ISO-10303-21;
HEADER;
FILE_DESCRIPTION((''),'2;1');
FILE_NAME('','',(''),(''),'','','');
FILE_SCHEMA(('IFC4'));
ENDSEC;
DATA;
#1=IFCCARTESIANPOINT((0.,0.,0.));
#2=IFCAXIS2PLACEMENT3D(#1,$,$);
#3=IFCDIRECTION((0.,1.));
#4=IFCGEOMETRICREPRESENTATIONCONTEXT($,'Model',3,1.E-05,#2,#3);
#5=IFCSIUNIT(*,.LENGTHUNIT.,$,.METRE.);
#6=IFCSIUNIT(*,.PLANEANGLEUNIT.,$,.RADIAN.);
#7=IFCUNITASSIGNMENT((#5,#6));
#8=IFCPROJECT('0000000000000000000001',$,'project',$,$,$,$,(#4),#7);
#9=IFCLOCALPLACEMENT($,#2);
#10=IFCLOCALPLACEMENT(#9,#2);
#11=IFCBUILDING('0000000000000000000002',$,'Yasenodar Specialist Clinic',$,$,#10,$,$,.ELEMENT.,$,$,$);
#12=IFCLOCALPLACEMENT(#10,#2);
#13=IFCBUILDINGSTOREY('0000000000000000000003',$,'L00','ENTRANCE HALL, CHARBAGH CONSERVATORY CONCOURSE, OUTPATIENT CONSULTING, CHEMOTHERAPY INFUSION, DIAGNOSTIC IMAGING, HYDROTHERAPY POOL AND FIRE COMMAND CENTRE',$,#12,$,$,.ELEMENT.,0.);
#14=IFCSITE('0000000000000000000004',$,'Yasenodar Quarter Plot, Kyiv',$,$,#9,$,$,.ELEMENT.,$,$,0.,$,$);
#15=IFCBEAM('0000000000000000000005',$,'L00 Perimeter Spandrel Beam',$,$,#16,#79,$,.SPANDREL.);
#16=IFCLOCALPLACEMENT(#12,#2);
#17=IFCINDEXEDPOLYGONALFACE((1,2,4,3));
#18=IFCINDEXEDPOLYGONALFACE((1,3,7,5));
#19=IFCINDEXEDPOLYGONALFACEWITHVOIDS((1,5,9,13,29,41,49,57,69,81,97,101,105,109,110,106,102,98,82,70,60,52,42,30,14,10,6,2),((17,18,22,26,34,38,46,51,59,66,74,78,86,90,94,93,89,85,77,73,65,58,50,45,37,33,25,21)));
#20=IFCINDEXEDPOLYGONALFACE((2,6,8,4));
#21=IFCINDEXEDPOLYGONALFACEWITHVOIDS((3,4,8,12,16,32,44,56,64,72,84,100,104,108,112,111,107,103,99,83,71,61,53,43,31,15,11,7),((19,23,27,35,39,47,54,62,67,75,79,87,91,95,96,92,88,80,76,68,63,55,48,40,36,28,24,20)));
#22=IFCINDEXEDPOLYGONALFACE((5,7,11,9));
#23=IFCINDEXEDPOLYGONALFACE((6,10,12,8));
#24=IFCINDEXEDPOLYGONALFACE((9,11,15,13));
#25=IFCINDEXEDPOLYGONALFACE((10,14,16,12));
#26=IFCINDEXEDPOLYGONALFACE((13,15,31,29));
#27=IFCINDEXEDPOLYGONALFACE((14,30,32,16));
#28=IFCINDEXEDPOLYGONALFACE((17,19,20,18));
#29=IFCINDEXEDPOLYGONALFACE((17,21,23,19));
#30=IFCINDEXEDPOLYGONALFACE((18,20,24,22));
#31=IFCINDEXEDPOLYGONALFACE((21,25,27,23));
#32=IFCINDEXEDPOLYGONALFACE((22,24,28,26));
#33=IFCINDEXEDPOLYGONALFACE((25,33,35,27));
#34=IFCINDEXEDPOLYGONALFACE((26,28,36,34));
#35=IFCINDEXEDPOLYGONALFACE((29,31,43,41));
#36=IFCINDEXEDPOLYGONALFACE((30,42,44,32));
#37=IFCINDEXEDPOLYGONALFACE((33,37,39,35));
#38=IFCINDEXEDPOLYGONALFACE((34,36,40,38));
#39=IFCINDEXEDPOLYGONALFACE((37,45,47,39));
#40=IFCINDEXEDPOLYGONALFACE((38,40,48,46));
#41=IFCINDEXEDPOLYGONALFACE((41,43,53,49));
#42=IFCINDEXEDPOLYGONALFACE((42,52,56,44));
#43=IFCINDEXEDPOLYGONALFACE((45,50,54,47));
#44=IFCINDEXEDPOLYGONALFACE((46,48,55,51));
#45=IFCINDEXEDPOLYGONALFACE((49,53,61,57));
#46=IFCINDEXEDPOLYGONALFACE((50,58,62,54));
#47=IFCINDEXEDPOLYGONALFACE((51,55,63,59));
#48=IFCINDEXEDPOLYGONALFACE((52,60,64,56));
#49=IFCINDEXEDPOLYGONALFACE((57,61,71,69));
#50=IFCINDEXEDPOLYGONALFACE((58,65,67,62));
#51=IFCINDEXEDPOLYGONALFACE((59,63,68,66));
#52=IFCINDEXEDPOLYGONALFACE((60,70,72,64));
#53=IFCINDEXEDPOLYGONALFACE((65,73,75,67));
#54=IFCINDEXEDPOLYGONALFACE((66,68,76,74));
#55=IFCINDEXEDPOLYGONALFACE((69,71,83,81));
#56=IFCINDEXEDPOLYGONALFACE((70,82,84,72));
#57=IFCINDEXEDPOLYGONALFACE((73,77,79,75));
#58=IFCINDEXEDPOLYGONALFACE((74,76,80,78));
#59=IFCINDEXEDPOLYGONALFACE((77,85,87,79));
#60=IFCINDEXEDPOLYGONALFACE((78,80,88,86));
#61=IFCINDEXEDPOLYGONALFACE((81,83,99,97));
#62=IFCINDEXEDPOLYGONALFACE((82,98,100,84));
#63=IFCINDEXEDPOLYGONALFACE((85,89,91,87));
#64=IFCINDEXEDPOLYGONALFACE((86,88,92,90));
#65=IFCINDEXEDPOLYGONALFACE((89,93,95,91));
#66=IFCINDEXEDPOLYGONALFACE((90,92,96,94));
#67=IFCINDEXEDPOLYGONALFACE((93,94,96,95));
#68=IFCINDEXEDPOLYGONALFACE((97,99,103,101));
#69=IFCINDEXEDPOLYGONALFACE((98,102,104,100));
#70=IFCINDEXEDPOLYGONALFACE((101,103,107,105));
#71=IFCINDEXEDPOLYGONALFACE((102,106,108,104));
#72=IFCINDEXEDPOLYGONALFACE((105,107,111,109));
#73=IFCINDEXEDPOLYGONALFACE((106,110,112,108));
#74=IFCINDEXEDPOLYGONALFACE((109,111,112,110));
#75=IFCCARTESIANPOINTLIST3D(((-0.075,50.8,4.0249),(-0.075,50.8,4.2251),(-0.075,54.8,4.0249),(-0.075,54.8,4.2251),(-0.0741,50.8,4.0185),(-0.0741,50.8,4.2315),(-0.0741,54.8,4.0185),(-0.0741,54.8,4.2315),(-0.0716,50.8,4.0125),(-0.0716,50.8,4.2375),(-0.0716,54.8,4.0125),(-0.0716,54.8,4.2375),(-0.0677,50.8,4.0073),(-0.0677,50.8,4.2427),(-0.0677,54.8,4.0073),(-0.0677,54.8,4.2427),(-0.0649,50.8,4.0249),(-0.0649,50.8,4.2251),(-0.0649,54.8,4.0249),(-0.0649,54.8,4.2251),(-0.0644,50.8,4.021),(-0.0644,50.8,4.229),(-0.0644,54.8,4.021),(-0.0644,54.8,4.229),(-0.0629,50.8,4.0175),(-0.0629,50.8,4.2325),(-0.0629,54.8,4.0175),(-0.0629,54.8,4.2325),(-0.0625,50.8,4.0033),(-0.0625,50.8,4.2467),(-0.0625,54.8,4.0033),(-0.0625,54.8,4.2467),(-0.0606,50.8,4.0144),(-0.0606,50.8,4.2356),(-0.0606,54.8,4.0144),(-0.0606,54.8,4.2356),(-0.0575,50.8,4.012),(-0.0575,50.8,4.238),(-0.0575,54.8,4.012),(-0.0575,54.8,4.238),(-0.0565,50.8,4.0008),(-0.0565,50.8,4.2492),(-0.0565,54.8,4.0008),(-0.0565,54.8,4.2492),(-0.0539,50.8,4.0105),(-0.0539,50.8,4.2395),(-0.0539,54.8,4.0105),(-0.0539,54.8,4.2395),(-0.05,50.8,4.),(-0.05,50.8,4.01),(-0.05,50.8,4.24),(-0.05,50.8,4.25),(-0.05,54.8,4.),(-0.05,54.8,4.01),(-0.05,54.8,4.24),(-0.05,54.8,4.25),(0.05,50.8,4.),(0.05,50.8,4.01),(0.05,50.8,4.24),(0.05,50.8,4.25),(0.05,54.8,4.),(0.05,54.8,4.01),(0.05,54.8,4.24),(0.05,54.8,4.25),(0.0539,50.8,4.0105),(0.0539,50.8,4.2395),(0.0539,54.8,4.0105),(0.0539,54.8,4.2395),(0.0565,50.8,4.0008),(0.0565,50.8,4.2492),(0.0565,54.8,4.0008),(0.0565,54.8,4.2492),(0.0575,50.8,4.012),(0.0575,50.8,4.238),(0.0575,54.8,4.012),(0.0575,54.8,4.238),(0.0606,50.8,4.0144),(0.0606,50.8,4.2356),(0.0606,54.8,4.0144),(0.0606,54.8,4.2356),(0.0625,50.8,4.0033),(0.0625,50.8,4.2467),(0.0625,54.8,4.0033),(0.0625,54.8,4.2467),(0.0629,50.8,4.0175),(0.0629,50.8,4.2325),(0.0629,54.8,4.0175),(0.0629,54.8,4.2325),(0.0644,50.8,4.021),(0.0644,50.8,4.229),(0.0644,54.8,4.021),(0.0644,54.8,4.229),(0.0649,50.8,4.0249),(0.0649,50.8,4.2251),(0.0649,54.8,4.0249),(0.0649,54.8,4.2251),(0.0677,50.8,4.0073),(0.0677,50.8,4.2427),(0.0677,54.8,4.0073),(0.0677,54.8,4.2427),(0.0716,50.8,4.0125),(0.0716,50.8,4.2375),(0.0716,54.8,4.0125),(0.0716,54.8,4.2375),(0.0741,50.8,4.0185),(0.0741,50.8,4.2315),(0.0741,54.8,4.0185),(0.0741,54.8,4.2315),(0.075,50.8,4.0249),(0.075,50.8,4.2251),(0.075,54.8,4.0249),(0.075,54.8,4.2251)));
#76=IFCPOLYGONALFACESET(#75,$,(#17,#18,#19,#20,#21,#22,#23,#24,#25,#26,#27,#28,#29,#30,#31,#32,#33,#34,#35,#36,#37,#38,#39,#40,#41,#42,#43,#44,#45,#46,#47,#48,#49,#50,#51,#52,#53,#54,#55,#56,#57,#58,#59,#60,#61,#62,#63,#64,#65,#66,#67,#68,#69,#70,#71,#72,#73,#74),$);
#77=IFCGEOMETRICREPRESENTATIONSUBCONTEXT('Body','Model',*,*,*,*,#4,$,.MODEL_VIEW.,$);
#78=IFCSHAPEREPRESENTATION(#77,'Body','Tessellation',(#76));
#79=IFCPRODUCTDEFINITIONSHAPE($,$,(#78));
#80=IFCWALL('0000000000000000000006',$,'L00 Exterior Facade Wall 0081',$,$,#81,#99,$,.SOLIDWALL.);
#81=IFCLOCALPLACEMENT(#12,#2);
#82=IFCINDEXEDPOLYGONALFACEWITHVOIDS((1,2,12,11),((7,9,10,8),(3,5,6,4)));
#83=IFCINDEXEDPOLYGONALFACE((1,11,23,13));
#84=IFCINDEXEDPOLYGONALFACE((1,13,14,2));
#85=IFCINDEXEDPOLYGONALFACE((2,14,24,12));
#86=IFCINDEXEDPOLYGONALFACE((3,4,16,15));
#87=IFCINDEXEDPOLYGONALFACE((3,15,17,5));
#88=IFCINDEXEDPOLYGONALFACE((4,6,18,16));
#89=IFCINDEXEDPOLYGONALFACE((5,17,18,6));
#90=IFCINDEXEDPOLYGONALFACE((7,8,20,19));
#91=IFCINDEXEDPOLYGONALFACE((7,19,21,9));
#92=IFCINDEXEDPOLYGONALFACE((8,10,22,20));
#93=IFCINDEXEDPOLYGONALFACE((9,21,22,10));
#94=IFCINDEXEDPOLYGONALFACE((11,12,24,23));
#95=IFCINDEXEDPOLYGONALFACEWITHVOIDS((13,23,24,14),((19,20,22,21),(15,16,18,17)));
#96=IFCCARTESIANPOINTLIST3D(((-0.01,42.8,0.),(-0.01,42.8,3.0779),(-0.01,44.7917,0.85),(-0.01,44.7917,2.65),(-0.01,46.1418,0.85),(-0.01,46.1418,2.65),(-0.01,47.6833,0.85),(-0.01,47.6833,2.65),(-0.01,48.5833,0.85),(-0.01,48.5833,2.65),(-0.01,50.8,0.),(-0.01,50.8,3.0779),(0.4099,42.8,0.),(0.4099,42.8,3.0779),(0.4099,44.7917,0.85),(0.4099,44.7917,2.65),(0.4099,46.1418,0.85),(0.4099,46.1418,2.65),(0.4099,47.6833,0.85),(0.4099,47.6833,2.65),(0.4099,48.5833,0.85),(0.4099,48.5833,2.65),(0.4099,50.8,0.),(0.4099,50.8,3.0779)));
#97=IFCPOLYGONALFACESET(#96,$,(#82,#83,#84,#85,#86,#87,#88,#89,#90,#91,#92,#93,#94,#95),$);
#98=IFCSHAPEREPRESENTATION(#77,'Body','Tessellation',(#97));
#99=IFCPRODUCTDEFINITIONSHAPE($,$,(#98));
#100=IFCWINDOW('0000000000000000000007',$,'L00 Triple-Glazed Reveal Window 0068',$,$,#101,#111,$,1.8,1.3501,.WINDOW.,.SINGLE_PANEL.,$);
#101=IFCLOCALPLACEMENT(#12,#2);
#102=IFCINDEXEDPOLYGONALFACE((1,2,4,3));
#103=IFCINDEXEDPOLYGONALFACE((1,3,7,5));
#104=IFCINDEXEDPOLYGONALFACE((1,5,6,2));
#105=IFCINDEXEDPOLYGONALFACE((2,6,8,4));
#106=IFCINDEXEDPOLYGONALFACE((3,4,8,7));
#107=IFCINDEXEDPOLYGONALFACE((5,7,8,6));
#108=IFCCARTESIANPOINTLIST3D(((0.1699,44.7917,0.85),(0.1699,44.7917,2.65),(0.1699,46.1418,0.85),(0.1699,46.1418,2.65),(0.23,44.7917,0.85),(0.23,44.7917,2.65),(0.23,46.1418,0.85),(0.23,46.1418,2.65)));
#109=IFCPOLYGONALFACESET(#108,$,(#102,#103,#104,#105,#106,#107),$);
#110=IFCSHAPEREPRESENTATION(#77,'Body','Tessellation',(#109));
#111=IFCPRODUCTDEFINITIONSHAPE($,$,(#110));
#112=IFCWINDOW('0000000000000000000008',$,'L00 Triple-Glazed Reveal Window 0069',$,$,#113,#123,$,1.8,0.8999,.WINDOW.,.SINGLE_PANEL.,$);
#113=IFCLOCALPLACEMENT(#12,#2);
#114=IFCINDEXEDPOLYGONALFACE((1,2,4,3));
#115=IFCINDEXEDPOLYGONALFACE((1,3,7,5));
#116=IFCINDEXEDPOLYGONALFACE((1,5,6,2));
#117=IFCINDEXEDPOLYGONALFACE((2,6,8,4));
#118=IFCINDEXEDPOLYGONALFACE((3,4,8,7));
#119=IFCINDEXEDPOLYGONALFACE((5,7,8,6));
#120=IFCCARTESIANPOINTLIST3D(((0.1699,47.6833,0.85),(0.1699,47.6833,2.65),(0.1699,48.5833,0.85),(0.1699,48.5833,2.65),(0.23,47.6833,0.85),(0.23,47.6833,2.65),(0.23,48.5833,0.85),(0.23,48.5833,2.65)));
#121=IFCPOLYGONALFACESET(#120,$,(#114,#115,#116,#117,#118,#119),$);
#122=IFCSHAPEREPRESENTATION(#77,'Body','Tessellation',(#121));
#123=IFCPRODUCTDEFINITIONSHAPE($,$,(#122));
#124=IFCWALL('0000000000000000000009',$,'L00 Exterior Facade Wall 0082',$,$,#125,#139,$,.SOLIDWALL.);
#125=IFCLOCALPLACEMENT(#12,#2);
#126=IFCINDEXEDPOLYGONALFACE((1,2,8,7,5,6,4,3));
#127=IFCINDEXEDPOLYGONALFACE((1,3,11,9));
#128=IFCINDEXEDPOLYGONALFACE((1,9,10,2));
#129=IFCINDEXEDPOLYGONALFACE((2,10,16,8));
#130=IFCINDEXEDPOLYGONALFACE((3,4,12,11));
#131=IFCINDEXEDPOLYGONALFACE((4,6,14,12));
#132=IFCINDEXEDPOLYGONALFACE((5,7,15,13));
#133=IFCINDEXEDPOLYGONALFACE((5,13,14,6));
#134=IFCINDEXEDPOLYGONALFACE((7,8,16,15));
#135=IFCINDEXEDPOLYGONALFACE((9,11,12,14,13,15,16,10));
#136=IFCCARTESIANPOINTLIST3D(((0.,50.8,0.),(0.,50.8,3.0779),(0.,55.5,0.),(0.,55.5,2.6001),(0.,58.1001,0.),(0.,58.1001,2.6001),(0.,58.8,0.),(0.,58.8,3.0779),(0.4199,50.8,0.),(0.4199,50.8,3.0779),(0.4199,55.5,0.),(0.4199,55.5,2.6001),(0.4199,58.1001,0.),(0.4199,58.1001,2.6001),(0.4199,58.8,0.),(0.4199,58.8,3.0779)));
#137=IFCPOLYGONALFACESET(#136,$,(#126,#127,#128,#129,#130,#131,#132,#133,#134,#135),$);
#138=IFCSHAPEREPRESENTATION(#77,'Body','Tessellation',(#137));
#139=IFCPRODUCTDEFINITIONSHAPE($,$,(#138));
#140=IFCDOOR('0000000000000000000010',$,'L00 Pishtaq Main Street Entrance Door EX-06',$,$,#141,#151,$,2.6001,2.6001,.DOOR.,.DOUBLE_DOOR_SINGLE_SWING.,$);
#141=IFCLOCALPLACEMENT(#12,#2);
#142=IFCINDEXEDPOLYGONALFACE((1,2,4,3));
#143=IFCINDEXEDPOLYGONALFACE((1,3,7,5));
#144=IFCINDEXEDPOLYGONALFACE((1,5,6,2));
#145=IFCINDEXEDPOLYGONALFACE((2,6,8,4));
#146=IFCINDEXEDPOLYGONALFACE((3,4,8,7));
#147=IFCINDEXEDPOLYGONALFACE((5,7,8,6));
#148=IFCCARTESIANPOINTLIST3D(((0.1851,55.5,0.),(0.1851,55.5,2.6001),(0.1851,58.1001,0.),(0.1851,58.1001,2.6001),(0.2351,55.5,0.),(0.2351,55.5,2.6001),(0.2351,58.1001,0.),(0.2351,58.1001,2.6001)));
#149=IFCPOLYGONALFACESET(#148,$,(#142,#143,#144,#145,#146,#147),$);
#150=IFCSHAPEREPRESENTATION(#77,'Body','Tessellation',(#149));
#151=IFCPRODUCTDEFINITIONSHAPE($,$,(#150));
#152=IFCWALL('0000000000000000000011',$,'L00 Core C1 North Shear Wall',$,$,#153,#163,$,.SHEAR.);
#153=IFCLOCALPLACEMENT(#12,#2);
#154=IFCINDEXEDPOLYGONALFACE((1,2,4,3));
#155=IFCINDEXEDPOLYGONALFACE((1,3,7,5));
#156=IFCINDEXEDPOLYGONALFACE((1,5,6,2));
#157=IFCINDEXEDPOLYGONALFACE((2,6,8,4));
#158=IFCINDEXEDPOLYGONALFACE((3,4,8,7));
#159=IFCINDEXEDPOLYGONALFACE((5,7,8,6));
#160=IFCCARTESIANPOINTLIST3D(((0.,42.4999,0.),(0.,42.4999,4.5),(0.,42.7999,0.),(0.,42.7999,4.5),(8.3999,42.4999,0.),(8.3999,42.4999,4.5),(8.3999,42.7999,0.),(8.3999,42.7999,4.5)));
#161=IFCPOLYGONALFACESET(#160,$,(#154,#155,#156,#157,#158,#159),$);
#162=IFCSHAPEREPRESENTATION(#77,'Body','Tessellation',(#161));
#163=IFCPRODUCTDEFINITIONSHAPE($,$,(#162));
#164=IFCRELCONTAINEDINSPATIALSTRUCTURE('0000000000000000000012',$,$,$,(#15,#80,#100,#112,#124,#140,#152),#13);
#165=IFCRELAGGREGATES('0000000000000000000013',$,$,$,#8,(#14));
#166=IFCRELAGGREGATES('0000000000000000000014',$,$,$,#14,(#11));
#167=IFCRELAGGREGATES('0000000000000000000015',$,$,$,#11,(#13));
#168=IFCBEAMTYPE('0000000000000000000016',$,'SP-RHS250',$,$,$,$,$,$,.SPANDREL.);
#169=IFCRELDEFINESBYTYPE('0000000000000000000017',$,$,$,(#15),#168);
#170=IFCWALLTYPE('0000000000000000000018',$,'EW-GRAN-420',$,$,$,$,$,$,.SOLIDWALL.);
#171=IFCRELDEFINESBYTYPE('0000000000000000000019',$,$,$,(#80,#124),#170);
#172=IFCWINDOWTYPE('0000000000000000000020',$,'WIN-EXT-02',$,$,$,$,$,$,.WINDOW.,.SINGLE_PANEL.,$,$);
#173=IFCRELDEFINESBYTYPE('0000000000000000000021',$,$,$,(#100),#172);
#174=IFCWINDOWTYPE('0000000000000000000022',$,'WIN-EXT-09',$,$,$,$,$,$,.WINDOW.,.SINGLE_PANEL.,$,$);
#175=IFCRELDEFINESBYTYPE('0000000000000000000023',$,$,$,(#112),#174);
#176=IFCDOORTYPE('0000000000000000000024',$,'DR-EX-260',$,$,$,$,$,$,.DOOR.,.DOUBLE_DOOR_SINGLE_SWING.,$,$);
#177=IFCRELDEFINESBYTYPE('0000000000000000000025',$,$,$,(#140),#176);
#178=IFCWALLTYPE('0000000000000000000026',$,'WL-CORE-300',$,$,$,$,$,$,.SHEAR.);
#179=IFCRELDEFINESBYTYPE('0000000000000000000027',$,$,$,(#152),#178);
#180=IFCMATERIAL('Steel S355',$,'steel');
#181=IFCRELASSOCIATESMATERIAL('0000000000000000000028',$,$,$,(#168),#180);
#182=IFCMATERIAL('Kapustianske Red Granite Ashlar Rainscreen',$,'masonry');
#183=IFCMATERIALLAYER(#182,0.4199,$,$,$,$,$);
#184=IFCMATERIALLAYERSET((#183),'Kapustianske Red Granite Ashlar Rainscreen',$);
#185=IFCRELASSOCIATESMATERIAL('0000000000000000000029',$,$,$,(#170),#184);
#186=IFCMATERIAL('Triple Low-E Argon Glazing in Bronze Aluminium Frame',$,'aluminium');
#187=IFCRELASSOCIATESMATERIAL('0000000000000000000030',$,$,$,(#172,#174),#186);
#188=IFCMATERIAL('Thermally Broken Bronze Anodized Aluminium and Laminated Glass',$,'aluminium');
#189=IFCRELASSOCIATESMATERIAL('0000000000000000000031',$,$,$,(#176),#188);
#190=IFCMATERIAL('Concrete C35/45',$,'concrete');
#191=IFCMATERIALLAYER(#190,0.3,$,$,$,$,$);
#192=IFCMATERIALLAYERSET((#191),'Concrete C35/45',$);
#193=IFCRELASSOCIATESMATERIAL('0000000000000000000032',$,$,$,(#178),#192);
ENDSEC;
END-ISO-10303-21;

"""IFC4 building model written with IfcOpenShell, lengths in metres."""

from ifc_helpers import new_model, si_unit, direction, frame, frame_2d, origin, origin_2d, place, context, subcontext, project, spatial, rectangle, hollow_rectangle, extrude, material, layer, layer_set, material_profile, profile_set, type_object, element, fill, save


model = new_model("IFC4")

# Units and contexts
model_context = context("Model", 3, precision=1e-05, world=origin(), true_north=direction((0.0, 1.0)))
body_context = subcontext(model_context, "Body", "Model", "MODEL_VIEW")
ifc_project = project(units=[si_unit("LENGTHUNIT", "METRE"), si_unit("PLANEANGLEUNIT", "RADIAN")], contexts=[model_context])

# Site, building, storey
site_placement = place(None, origin())
site = spatial("IfcSite", under=ifc_project, at=site_placement, Name="Yasenodar Quarter Plot, Kyiv", CompositionType="ELEMENT", RefElevation=0.0)
building_placement = place(site_placement, origin())
building = spatial("IfcBuilding", under=site, at=building_placement, Name="Yasenodar Specialist Clinic", CompositionType="ELEMENT")
storey_placement = place(building_placement, origin())
storey = spatial("IfcBuildingStorey", under=building, at=storey_placement, Name="L00", Description="ENTRANCE HALL, CHARBAGH CONSERVATORY CONCOURSE, OUTPATIENT CONSULTING, CHEMOTHERAPY INFUSION, DIAGNOSTIC IMAGING, HYDROTHERAPY POOL AND FIRE COMMAND CENTRE", CompositionType="ELEMENT", Elevation=0.0)

# Shared definitions
ifc_material_1 = material(Name="Steel S355", Category="steel")
ifc_material_2 = material(Name="Concrete C35/45", Category="concrete")

# Beam
ifc_material_profile_1 = material_profile(ifc_material_1, hollow_rectangle(XDim=0.1499, YDim=0.25, WallThickness=0.01, InnerFilletRadius=0.0149, OuterFilletRadius=0.0249, at=origin_2d()), Name="RHS 250x150x10")
ifc_profile_set_1 = profile_set([ifc_material_profile_1], Name="Steel S355")
beam_type_1 = type_object("IfcBeamType", Name="SP-RHS250", PredefinedType="SPANDREL", material=ifc_profile_set_1)
beam_1_placement = place(storey_placement, frame((0.0, 50.8, 4.125), z_axis=(0.0, 1.0, 0.0), x_axis=(-1.0, 0.0, 0.0)))
element("IfcBeam", 1, at=beam_1_placement, inside=storey, type_object=beam_type_1, Name="L00 Perimeter Spandrel Beam", PredefinedType="SPANDREL", context=body_context, shape_type="SweptSolid", body=[
    extrude(hollow_rectangle(XDim=0.1499, YDim=0.25, WallThickness=0.01, InnerFilletRadius=0.0149, OuterFilletRadius=0.0249, at=origin_2d()), origin(), (0.0, 0.0, 1.0), 4.0),
])

# Wall, openings, windows
ifc_material_3 = material(Name="Kapustianske Red Granite Ashlar Rainscreen", Category="masonry")
ifc_layer_1 = layer(ifc_material_3, 0.4199)
ifc_layer_set_1 = layer_set([ifc_layer_1], Name="Kapustianske Red Granite Ashlar Rainscreen")
wall_type_1 = type_object("IfcWallType", Name="EW-GRAN-420", PredefinedType="SOLIDWALL", material=ifc_layer_set_1)
wall_1_placement = place(storey_placement, frame((0.2, 42.8, 0.0), z_axis=(0.0, 0.0, 1.0), x_axis=(0.0, 1.0, 0.0)))
wall_1 = element("IfcWall", 2, at=wall_1_placement, inside=storey, type_object=wall_type_1, Name="L00 Exterior Facade Wall 0081", PredefinedType="SOLIDWALL", context=body_context, shape_type="SweptSolid", body=[
    extrude(rectangle(XDim=8.0, YDim=0.4199, at=frame_2d((4.0, 0.0))), origin(), (0.0, 0.0, 1.0), 3.0779),
])
opening_1_placement = place(wall_1_placement, frame((1.9917, 0.0, 0.8501)))
opening_1 = element("IfcOpeningElement", 3, at=opening_1_placement, cuts=wall_1, PredefinedType="OPENING", context=body_context, shape_type="SweptSolid", body=[
    extrude(rectangle(XDim=1.3501, YDim=1.8, at=frame_2d((0.675, 0.8999))), frame((0.0, 0.22, 0.0), z_axis=(0.0, -1.0, 0.0), x_axis=(1.0, 0.0, 0.0)), (0.0, 0.0, 1.0), 0.4399),
])
opening_2_placement = place(wall_1_placement, frame((4.8833, 0.0, 0.8501)))
opening_2 = element("IfcOpeningElement", 4, at=opening_2_placement, cuts=wall_1, PredefinedType="OPENING", context=body_context, shape_type="SweptSolid", body=[
    extrude(rectangle(XDim=0.8999, YDim=1.8, at=frame_2d((0.45, 0.8999))), frame((0.0, 0.22, 0.0), z_axis=(0.0, -1.0, 0.0), x_axis=(1.0, 0.0, 0.0)), (0.0, 0.0, 1.0), 0.4399),
])
ifc_material_4 = material(Name="Triple Low-E Argon Glazing in Bronze Aluminium Frame", Category="aluminium")
window_type_1 = type_object("IfcWindowType", Name="WIN-EXT-02", PartitioningType="SINGLE_PANEL", PredefinedType="WINDOW", material=ifc_material_4)
window_1_placement = place(opening_1_placement, origin())
window_1 = element("IfcWindow", 5, at=window_1_placement, inside=storey, type_object=window_type_1, Name="L00 Triple-Glazed Reveal Window 0068", OverallHeight=1.8, OverallWidth=1.3501, PartitioningType="SINGLE_PANEL", PredefinedType="WINDOW", context=body_context, shape_type="SweptSolid", body=[
    extrude(rectangle(XDim=1.3501, YDim=1.8, at=frame_2d((0.675, 0.8999))), frame((0.0, 0.03, 0.0), z_axis=(0.0, -1.0, 0.0), x_axis=(1.0, 0.0, 0.0)), (0.0, 0.0, 1.0), 0.0601),
])
fill(opening_1, window_1)
window_type_2 = type_object("IfcWindowType", Name="WIN-EXT-09", PartitioningType="SINGLE_PANEL", PredefinedType="WINDOW", material=ifc_material_4)
window_2_placement = place(opening_2_placement, origin())
window_2 = element("IfcWindow", 6, at=window_2_placement, inside=storey, type_object=window_type_2, Name="L00 Triple-Glazed Reveal Window 0069", OverallHeight=1.8, OverallWidth=0.8999, PartitioningType="SINGLE_PANEL", PredefinedType="WINDOW", context=body_context, shape_type="SweptSolid", body=[
    extrude(rectangle(XDim=0.8999, YDim=1.8, at=frame_2d((0.45, 0.8999))), frame((0.0, 0.03, 0.0), z_axis=(0.0, -1.0, 0.0), x_axis=(1.0, 0.0, 0.0)), (0.0, 0.0, 1.0), 0.0601),
])
fill(opening_2, window_2)

# Wall, opening, door
wall_2_placement = place(storey_placement, frame((0.21, 50.8, 0.0), z_axis=(0.0, 0.0, 1.0), x_axis=(0.0, 1.0, 0.0)))
wall_2 = element("IfcWall", 7, at=wall_2_placement, inside=storey, type_object=wall_type_1, Name="L00 Exterior Facade Wall 0082", PredefinedType="SOLIDWALL", context=body_context, shape_type="SweptSolid", body=[
    extrude(rectangle(XDim=8.0, YDim=0.4199, at=frame_2d((4.0, 0.0))), origin(), (0.0, 0.0, 1.0), 3.0779),
])
opening_3_placement = place(wall_2_placement, frame((4.7, 0.0, 0.0)))
opening_3 = element("IfcOpeningElement", 8, at=opening_3_placement, cuts=wall_2, PredefinedType="OPENING", context=body_context, shape_type="SweptSolid", body=[
    extrude(rectangle(XDim=2.6001, YDim=2.6001, at=frame_2d((1.3, 1.3))), frame((0.0, 0.22, 0.0), z_axis=(0.0, -1.0, 0.0), x_axis=(1.0, 0.0, 0.0)), (0.0, 0.0, 1.0), 0.4399),
])
ifc_material_5 = material(Name="Thermally Broken Bronze Anodized Aluminium and Laminated Glass", Category="aluminium")
door_type = type_object("IfcDoorType", Name="DR-EX-260", OperationType="DOUBLE_DOOR_SINGLE_SWING", PredefinedType="DOOR", material=ifc_material_5)
door_placement = place(opening_3_placement, origin())
door = element("IfcDoor", 9, at=door_placement, inside=storey, type_object=door_type, Name="L00 Pishtaq Main Street Entrance Door EX-06", OperationType="DOUBLE_DOOR_SINGLE_SWING", OverallHeight=2.6001, OverallWidth=2.6001, PredefinedType="DOOR", context=body_context, shape_type="SweptSolid", body=[
    extrude(rectangle(XDim=2.6001, YDim=2.6001, at=frame_2d((1.3, 1.3))), frame((0.0, 0.0249, 0.0), z_axis=(0.0, -1.0, 0.0), x_axis=(1.0, 0.0, 0.0)), (0.0, 0.0, 1.0), 0.05),
])
fill(opening_3, door)

# Wall
ifc_layer_2 = layer(ifc_material_2, 0.3)
ifc_layer_set_2 = layer_set([ifc_layer_2], Name="Concrete C35/45")
wall_type_2 = type_object("IfcWallType", Name="WL-CORE-300", PredefinedType="SHEAR", material=ifc_layer_set_2)
wall_3_placement = place(storey_placement, frame((0.0, 42.6499, 0.0), z_axis=(0.0, 0.0, 1.0), x_axis=(1.0, 0.0, 0.0)))
element("IfcWall", 10, at=wall_3_placement, inside=storey, type_object=wall_type_2, Name="L00 Core C1 North Shear Wall", PredefinedType="SHEAR", context=body_context, shape_type="SweptSolid", body=[
    extrude(rectangle(XDim=8.3999, YDim=0.3, at=frame_2d((4.2, 0.0))), origin(), (0.0, 0.0, 1.0), 4.5),
])

save(model, "model.ifc")
